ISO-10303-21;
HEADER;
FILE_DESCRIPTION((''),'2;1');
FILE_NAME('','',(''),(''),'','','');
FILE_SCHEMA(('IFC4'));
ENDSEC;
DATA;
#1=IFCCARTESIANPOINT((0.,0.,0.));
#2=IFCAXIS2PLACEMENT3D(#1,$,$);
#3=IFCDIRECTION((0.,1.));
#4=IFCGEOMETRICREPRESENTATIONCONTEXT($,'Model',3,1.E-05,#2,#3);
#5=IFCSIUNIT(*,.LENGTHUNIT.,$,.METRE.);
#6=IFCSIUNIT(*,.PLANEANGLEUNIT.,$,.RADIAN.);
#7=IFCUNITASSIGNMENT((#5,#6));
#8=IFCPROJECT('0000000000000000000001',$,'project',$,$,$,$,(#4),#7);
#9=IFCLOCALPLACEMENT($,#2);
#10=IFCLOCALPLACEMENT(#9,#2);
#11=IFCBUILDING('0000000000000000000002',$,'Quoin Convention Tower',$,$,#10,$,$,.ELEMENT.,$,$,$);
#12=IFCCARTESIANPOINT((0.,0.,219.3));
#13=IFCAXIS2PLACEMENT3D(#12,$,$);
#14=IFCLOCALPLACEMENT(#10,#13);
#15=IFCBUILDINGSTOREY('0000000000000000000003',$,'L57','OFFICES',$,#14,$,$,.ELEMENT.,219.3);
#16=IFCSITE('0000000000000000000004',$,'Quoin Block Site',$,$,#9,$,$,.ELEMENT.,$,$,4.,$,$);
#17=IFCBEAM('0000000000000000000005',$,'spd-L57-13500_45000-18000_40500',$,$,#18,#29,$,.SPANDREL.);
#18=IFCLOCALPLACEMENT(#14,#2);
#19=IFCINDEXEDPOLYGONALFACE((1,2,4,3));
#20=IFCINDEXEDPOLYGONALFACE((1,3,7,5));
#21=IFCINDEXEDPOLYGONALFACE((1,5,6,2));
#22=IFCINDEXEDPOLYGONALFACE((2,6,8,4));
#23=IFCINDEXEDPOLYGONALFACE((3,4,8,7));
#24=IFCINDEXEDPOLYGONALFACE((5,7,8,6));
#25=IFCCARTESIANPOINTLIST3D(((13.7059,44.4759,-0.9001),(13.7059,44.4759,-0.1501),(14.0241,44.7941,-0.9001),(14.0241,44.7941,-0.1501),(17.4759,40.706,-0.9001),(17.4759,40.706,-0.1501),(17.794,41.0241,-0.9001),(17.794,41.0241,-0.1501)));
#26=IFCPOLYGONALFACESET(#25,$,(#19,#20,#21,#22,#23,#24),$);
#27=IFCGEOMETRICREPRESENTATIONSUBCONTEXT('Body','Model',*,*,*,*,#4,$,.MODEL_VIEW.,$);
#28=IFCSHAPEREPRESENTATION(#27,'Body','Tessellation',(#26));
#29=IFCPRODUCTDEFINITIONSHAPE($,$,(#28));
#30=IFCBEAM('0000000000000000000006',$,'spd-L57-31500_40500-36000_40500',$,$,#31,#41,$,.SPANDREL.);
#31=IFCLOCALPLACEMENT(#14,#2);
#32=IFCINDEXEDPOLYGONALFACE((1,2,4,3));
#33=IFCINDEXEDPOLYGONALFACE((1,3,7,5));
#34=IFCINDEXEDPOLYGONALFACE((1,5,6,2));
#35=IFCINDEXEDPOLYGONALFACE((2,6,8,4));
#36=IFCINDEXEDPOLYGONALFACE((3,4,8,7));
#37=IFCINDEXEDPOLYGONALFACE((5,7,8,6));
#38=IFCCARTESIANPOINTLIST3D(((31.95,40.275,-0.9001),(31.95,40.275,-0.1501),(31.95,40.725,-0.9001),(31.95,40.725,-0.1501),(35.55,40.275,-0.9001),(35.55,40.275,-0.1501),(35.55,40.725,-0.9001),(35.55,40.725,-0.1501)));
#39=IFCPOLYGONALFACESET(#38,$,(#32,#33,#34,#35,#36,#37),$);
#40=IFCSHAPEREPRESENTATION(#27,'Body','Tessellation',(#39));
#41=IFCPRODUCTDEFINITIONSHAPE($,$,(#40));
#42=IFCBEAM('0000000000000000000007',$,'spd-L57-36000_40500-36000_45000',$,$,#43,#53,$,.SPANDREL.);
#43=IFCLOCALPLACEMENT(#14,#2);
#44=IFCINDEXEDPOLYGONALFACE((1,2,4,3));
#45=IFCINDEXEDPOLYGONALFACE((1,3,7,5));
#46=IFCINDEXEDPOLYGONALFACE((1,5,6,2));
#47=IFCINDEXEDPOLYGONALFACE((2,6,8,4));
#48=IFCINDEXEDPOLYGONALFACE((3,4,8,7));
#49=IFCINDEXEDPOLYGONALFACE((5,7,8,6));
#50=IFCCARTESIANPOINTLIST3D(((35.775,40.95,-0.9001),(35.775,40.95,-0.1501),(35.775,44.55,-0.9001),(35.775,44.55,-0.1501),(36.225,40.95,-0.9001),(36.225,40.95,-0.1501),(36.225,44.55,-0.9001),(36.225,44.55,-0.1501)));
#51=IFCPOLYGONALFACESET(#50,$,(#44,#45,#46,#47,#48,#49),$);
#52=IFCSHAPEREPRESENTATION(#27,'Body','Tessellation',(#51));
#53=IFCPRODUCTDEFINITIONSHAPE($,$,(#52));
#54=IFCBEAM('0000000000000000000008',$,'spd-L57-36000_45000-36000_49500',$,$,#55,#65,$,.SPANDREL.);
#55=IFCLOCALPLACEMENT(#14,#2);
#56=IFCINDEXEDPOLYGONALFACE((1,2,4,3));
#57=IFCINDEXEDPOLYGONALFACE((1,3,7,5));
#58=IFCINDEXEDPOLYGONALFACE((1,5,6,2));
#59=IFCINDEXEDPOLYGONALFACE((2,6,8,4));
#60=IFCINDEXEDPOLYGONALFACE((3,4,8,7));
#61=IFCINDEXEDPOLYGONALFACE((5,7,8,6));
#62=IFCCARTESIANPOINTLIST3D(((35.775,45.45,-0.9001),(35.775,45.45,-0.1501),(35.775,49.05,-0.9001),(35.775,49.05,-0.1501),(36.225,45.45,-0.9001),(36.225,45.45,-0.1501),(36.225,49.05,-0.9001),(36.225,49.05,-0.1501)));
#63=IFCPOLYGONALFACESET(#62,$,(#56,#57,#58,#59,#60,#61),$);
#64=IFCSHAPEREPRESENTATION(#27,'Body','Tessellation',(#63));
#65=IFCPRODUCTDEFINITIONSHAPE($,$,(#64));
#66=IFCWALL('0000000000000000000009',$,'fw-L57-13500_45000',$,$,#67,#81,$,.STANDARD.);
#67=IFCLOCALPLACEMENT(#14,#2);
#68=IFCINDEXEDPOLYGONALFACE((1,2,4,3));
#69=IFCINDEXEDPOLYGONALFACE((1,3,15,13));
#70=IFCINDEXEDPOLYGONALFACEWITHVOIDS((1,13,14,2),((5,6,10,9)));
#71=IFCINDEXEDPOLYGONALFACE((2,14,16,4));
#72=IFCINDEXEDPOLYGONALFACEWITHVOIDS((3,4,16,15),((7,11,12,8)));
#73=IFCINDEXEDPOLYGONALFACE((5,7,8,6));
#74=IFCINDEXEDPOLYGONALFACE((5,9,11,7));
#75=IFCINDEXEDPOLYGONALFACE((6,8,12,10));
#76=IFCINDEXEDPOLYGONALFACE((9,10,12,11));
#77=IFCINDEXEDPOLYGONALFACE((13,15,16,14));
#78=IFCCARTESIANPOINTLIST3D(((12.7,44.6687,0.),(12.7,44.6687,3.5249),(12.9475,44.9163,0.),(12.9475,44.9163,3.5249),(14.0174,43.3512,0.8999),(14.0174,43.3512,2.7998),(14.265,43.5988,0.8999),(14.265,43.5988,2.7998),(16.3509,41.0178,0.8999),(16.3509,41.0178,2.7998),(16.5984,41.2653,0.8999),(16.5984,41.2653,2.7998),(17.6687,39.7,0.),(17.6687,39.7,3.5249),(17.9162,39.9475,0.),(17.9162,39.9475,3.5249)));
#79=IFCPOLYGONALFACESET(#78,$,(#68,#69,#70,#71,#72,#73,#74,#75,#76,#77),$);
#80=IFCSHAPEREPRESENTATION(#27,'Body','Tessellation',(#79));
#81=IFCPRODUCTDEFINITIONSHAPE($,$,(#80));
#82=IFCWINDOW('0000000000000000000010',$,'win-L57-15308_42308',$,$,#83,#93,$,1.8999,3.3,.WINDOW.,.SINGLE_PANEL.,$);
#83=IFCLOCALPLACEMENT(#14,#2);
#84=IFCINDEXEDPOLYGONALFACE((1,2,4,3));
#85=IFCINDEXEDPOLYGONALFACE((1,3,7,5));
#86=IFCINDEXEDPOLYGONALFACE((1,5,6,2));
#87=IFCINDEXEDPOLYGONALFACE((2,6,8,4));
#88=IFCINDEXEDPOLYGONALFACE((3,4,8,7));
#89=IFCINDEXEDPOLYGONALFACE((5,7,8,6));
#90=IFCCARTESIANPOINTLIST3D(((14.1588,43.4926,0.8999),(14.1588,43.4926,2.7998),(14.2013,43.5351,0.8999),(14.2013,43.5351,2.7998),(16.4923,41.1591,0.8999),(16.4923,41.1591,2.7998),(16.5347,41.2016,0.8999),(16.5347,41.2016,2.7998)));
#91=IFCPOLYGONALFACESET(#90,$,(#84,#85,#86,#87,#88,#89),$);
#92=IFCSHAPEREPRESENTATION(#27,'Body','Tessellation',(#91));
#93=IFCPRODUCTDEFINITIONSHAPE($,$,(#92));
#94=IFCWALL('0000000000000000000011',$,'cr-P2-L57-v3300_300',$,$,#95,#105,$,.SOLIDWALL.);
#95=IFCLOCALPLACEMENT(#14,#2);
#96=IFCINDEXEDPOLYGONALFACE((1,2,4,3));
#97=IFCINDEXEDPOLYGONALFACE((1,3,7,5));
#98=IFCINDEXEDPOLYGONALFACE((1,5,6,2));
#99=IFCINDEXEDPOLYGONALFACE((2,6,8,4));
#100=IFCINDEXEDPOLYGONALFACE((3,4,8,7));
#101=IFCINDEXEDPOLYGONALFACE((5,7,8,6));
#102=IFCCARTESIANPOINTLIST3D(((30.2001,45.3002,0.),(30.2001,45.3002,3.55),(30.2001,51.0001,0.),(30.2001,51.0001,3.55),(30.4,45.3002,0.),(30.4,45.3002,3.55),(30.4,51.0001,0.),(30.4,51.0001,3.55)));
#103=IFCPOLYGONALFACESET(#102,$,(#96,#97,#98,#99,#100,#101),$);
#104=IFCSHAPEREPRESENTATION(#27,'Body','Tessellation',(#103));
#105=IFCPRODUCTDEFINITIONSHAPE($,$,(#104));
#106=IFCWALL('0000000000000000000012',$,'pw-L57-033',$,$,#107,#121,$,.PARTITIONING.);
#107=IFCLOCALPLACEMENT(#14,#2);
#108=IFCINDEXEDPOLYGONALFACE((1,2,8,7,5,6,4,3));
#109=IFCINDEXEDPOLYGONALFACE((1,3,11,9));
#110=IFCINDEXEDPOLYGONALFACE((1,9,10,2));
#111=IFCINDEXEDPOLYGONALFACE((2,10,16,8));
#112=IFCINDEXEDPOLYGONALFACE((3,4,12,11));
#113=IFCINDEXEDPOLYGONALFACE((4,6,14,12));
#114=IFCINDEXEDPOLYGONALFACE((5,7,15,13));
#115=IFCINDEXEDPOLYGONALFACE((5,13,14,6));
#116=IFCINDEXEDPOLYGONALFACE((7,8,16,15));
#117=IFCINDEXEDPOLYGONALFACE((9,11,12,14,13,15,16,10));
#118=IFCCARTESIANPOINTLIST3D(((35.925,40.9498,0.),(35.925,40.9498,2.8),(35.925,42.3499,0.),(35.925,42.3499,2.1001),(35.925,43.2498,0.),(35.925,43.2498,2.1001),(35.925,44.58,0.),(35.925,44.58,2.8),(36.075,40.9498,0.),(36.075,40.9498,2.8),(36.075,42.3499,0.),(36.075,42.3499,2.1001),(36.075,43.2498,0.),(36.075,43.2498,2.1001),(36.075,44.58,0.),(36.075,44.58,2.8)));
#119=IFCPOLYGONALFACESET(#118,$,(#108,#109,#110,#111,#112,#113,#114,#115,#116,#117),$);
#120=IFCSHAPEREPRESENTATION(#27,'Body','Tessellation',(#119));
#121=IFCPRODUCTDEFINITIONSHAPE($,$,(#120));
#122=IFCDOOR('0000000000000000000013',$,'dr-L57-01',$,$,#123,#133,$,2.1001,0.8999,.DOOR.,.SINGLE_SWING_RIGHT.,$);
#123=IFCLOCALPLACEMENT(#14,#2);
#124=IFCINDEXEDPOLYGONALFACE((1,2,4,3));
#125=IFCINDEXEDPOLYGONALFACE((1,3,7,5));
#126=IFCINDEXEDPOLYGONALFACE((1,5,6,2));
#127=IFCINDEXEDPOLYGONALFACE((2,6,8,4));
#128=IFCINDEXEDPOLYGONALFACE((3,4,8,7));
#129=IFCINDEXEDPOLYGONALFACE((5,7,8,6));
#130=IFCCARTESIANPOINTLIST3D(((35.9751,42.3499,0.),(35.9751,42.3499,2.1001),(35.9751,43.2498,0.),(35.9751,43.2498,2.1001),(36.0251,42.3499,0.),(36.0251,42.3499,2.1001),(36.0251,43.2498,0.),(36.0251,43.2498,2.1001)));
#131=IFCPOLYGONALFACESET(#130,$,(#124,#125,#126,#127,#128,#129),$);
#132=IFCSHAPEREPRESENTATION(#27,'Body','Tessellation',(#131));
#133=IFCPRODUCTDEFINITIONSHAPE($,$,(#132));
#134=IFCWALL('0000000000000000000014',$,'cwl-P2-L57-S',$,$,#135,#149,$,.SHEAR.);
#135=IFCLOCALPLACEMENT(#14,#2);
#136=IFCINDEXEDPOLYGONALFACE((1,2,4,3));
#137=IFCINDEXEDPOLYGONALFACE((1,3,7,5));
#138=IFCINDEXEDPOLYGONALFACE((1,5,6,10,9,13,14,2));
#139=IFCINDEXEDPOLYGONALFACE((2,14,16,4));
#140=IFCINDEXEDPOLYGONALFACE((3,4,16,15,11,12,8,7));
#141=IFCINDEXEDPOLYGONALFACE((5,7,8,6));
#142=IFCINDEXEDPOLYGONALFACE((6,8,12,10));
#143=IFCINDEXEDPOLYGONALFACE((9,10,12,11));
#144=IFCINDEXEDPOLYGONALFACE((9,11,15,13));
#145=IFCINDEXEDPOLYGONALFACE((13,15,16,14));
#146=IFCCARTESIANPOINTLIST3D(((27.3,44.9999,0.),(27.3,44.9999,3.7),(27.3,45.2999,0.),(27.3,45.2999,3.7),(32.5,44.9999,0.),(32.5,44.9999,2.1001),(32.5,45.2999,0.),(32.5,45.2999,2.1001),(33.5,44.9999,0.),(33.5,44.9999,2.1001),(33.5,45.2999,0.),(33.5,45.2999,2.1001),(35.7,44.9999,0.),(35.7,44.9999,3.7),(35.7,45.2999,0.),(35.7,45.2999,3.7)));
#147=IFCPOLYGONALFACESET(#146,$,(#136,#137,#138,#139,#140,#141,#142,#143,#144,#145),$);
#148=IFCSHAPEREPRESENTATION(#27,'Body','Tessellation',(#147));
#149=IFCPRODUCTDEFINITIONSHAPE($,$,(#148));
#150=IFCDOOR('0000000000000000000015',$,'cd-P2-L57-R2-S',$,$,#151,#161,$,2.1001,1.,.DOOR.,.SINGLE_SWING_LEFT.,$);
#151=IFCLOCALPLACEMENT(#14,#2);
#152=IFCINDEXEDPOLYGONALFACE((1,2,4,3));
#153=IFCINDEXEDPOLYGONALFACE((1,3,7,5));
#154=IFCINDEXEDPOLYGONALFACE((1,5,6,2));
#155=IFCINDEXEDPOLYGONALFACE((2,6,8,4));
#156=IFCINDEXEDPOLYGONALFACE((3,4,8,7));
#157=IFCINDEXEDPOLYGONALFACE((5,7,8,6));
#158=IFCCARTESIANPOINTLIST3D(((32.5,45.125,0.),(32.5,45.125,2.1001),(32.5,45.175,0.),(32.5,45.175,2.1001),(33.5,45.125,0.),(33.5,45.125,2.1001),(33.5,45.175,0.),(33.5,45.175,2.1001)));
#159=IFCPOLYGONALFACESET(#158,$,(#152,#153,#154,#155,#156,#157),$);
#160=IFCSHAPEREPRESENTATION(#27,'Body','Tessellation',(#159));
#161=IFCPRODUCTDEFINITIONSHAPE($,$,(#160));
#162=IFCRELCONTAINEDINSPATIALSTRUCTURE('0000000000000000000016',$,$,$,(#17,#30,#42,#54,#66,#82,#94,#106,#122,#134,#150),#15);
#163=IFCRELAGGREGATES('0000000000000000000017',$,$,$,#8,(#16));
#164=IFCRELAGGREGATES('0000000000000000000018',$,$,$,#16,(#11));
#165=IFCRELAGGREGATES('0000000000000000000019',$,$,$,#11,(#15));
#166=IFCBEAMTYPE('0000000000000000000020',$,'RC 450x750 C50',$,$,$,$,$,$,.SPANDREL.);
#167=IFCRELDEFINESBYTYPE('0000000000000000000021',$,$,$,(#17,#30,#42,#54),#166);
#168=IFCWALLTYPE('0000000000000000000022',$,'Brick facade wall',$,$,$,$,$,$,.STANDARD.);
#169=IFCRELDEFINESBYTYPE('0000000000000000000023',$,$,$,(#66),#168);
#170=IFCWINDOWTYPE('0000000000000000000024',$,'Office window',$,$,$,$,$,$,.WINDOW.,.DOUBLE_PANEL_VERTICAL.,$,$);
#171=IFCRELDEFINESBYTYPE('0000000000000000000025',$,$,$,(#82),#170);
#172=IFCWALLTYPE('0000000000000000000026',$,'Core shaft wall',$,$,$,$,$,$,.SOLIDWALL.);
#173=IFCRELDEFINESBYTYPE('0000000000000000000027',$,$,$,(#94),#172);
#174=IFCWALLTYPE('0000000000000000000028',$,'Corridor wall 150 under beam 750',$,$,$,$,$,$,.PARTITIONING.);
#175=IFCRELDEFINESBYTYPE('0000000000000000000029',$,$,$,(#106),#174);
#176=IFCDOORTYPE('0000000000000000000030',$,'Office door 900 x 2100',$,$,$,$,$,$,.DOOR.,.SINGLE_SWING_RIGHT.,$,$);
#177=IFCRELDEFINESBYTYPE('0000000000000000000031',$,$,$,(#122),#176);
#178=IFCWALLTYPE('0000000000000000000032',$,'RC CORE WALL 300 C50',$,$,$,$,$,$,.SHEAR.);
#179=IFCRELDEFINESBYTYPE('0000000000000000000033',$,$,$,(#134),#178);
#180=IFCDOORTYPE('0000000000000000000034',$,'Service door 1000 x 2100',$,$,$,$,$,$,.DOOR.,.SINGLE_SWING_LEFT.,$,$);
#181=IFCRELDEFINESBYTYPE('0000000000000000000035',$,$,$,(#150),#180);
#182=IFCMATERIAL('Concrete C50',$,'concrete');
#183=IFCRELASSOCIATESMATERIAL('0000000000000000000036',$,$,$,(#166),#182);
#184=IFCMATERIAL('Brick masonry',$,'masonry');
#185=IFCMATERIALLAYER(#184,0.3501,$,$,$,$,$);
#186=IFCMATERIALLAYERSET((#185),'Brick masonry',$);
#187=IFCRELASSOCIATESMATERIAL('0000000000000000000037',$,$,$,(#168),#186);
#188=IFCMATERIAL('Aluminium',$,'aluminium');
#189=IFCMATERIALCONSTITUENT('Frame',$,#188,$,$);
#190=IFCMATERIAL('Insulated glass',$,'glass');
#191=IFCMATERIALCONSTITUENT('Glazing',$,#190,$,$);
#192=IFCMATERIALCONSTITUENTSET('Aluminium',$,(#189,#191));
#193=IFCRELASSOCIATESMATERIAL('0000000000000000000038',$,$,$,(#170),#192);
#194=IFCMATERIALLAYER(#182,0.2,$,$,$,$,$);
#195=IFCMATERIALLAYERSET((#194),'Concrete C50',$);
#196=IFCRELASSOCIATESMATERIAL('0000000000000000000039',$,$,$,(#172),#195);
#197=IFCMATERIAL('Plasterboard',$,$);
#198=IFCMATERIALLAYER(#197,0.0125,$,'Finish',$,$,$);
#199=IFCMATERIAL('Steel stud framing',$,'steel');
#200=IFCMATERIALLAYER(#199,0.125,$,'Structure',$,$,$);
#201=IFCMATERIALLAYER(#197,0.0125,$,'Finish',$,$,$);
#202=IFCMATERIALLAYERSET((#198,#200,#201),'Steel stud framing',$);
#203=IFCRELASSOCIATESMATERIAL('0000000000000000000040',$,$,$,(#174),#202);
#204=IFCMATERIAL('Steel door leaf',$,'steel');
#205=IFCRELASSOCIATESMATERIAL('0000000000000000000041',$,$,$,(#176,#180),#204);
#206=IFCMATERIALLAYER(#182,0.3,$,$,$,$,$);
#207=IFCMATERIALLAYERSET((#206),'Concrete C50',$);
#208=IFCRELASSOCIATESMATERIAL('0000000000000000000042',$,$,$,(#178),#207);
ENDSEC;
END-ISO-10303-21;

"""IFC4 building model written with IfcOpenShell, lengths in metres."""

from ifc_helpers import new_model, si_unit, direction, frame, frame_2d, origin, origin_2d, place, context, subcontext, project, spatial, rectangle, extrude, material, layer, layer_set, constituent, constituent_set, material_profile, profile_set, type_object, element, fill, save


model = new_model("IFC4")

# Units and contexts
model_context = context("Model", 3, precision=1e-05, world=origin(), true_north=direction((0.0, 1.0)))
body_context = subcontext(model_context, "Body", "Model", "MODEL_VIEW")
ifc_project = project(units=[si_unit("LENGTHUNIT", "METRE"), si_unit("PLANEANGLEUNIT", "RADIAN")], contexts=[model_context])

# Site, building, storey
site_placement = place(None, origin())
site = spatial("IfcSite", under=ifc_project, at=site_placement, Name="Quoin Block Site", CompositionType="ELEMENT", RefElevation=4.0)
building_placement = place(site_placement, origin())
building = spatial("IfcBuilding", under=site, at=building_placement, Name="Quoin Convention Tower", CompositionType="ELEMENT")
storey_placement = place(building_placement, frame((0.0, 0.0, 219.3)))
storey = spatial("IfcBuildingStorey", under=building, at=storey_placement, Name="L57", Description="OFFICES", CompositionType="ELEMENT", Elevation=219.3)

# Shared definitions
ifc_material_1 = material(Name="Concrete C50", Category="concrete")

# Beams
ifc_material_profile_1 = material_profile(ifc_material_1, rectangle(XDim=0.45, YDim=0.75, at=origin_2d()), Name="RC 450x750")
ifc_profile_set_1 = profile_set([ifc_material_profile_1], Name="Concrete C50")
beam_type_1 = type_object("IfcBeamType", Name="RC 450x750 C50", PredefinedType="SPANDREL", material=ifc_profile_set_1)
beam_1_placement = place(storey_placement, frame((13.865, 44.635, -0.5251), z_axis=(0.707107, -0.707107, 0.0), x_axis=(0.707107, 0.707107, 0.0)))
element("IfcBeam", 1, at=beam_1_placement, inside=storey, type_object=beam_type_1, Name="spd-L57-13500_45000-18000_40500", PredefinedType="SPANDREL", context=body_context, shape_type="SweptSolid", body=[
    extrude(rectangle(XDim=0.45, YDim=0.75, at=origin_2d()), origin(), (0.0, 0.0, 1.0), 5.3315),
])
for number, where, z_axis, x_axis, name in (
    (2, (31.95, 40.5, -0.5251), (1.0, 0.0, 0.0), (0.0, 1.0, 0.0), "spd-L57-31500_40500-36000_40500"),
    (3, (36.0, 40.95, -0.5251), (0.0, 1.0, 0.0), (-1.0, 0.0, 0.0), "spd-L57-36000_40500-36000_45000"),
    (4, (36.0, 45.45, -0.5251), (0.0, 1.0, 0.0), (-1.0, 0.0, 0.0), "spd-L57-36000_45000-36000_49500"),
):
    element("IfcBeam", number, at=place(storey_placement, frame(where, z_axis=z_axis, x_axis=x_axis)), inside=storey, type_object=beam_type_1, Name=name, PredefinedType="SPANDREL", context=body_context, shape_type="SweptSolid", body=[
        extrude(rectangle(XDim=0.45, YDim=0.75, at=origin_2d()), origin(), (0.0, 0.0, 1.0), 3.6001),
    ])

# Wall, opening, window
ifc_material_2 = material(Name="Brick masonry", Category="masonry")
ifc_layer_1 = layer(ifc_material_2, 0.3501)
ifc_layer_set_1 = layer_set([ifc_layer_1], Name="Brick masonry")
wall_type_1 = type_object("IfcWallType", Name="Brick facade wall", PredefinedType="STANDARD", material=ifc_layer_set_1)
wall_1_placement = place(storey_placement, frame((12.8237, 44.7925, 0.0), z_axis=(0.0, 0.0, 1.0), x_axis=(0.707107, -0.707107, 0.0)))
wall_1 = element("IfcWall", 5, at=wall_1_placement, inside=storey, type_object=wall_type_1, Name="fw-L57-13500_45000", PredefinedType="STANDARD", context=body_context, shape_type="SweptSolid", body=[
    extrude(rectangle(XDim=7.0269, YDim=0.3501, at=frame_2d((3.5134, 0.0))), origin(), (0.0, 0.0, 1.0), 3.5249),
])
opening_1_placement = place(wall_1_placement, frame((1.8633, 0.0, 0.8999)))
opening_1 = element("IfcOpeningElement", 6, at=opening_1_placement, cuts=wall_1, PredefinedType="OPENING", context=body_context, shape_type="SweptSolid", body=[
    extrude(rectangle(XDim=3.3, YDim=1.8999, at=frame_2d((1.6499, 0.95))), frame((0.0, 0.1851, 0.0), z_axis=(0.0, -1.0, 0.0), x_axis=(1.0, 0.0, 0.0)), (0.0, 0.0, 1.0), 0.3701),
])
ifc_material_3 = material(Name="Aluminium", Category="aluminium")
ifc_constituent_1 = constituent(ifc_material_3, Name="Frame")
ifc_material_4 = material(Name="Insulated glass", Category="glass")
ifc_constituent_2 = constituent(ifc_material_4, Name="Glazing")
ifc_constituent_set = constituent_set(constituents=[ifc_constituent_1, ifc_constituent_2], Name="Aluminium")
window_type = type_object("IfcWindowType", Name="Office window", PartitioningType="DOUBLE_PANEL_VERTICAL", PredefinedType="WINDOW", material=ifc_constituent_set)
window_placement = place(opening_1_placement, origin())
window = element("IfcWindow", 7, at=window_placement, inside=storey, type_object=window_type, Name="win-L57-15308_42308", OverallHeight=1.8999, OverallWidth=3.3, PartitioningType="SINGLE_PANEL", PredefinedType="WINDOW", context=body_context, shape_type="SweptSolid", body=[
    extrude(rectangle(XDim=3.3, YDim=1.8999, at=frame_2d((1.6499, 0.95))), frame((0.0, 0.085, 0.0), z_axis=(0.0, -1.0, 0.0), x_axis=(1.0, 0.0, 0.0)), (0.0, 0.0, 1.0), 0.0601),
])
fill(opening_1, window)

# Wall
ifc_layer_2 = layer(ifc_material_1, 0.2)
ifc_layer_set_2 = layer_set([ifc_layer_2], Name="Concrete C50")
wall_type_2 = type_object("IfcWallType", Name="Core shaft wall", PredefinedType="SOLIDWALL", material=ifc_layer_set_2)
wall_2_placement = place(storey_placement, frame((30.3, 45.3, 0.0), z_axis=(0.0, 0.0, 1.0), x_axis=(0.0, 1.0, 0.0)))
element("IfcWall", 8, at=wall_2_placement, inside=storey, type_object=wall_type_2, Name="cr-P2-L57-v3300_300", PredefinedType="SOLIDWALL", context=body_context, shape_type="SweptSolid", body=[
    extrude(rectangle(XDim=5.7, YDim=0.2, at=frame_2d((2.8501, 0.0))), origin(), (0.0, 0.0, 1.0), 3.55),
])

# Walls, openings, doors
ifc_material_5 = material(Name="Plasterboard")
ifc_layer_3 = layer(ifc_material_5, 0.0125, Name="Finish")
ifc_material_6 = material(Name="Steel stud framing", Category="steel")
ifc_layer_4 = layer(ifc_material_6, 0.125, Name="Structure")
ifc_layer_5 = layer(ifc_material_5, 0.0125, Name="Finish")
ifc_layer_set_3 = layer_set([ifc_layer_3, ifc_layer_4, ifc_layer_5], Name="Steel stud framing")
wall_type_3 = type_object("IfcWallType", Name="Corridor wall 150 under beam 750", PredefinedType="PARTITIONING", material=ifc_layer_set_3)
wall_3_placement = place(storey_placement, frame((36.0, 40.95, 0.0), z_axis=(0.0, 0.0, 1.0), x_axis=(0.0, 1.0, 0.0)))
wall_3 = element("IfcWall", 9, at=wall_3_placement, inside=storey, type_object=wall_type_3, Name="pw-L57-033", PredefinedType="PARTITIONING", context=body_context, shape_type="SweptSolid", body=[
    extrude(rectangle(XDim=3.6301, YDim=0.1499, at=frame_2d((1.8149, 0.0))), origin(), (0.0, 0.0, 1.0), 2.8),
])
opening_2_placement = place(wall_3_placement, frame((1.3999, 0.0, 0.0)))
opening_2 = element("IfcOpeningElement", 10, at=opening_2_placement, cuts=wall_3, PredefinedType="OPENING", context=body_context, shape_type="SweptSolid", body=[
    extrude(rectangle(XDim=0.8999, YDim=2.1001, at=frame_2d((0.45, 1.05))), frame((0.0, 0.085, 0.0), z_axis=(0.0, -1.0, 0.0), x_axis=(1.0, 0.0, 0.0)), (0.0, 0.0, 1.0), 0.1699),
])
ifc_material_7 = material(Name="Steel door leaf", Category="steel")
door_type_1 = type_object("IfcDoorType", Name="Office door 900 x 2100", OperationType="SINGLE_SWING_RIGHT", PredefinedType="DOOR", material=ifc_material_7)
door_1_placement = place(opening_2_placement, origin())
door_1 = element("IfcDoor", 11, at=door_1_placement, inside=storey, type_object=door_type_1, Name="dr-L57-01", OperationType="SINGLE_SWING_RIGHT", OverallHeight=2.1001, OverallWidth=0.8999, PredefinedType="DOOR", context=body_context, shape_type="SweptSolid", body=[
    extrude(rectangle(XDim=0.8999, YDim=2.1001, at=frame_2d((0.45, 1.05))), frame((0.0, 0.0249, 0.0), z_axis=(0.0, -1.0, 0.0), x_axis=(1.0, 0.0, 0.0)), (0.0, 0.0, 1.0), 0.05),
])
fill(opening_2, door_1)
ifc_layer_6 = layer(ifc_material_1, 0.3)
ifc_layer_set_4 = layer_set([ifc_layer_6], Name="Concrete C50")
wall_type_4 = type_object("IfcWallType", Name="RC CORE WALL 300 C50", PredefinedType="SHEAR", material=ifc_layer_set_4)
wall_4_placement = place(storey_placement, frame((27.3, 45.1499, 0.0), z_axis=(0.0, 0.0, 1.0), x_axis=(1.0, 0.0, 0.0)))
wall_4 = element("IfcWall", 12, at=wall_4_placement, inside=storey, type_object=wall_type_4, Name="cwl-P2-L57-S", PredefinedType="SHEAR", context=body_context, shape_type="SweptSolid", body=[
    extrude(rectangle(XDim=8.3999, YDim=0.3, at=frame_2d((4.2, 0.0))), origin(), (0.0, 0.0, 1.0), 3.7),
])
opening_3_placement = place(wall_4_placement, frame((5.2, 0.0, 0.0)))
opening_3 = element("IfcOpeningElement", 13, at=opening_3_placement, cuts=wall_4, PredefinedType="OPENING", context=body_context, shape_type="SweptSolid", body=[
    extrude(rectangle(XDim=1.0, YDim=2.1001, at=frame_2d((0.5, 1.05))), frame((0.0, 0.1599, 0.0), z_axis=(0.0, -1.0, 0.0), x_axis=(1.0, 0.0, 0.0)), (0.0, 0.0, 1.0), 0.3201),
])
door_type_2 = type_object("IfcDoorType", Name="Service door 1000 x 2100", OperationType="SINGLE_SWING_LEFT", PredefinedType="DOOR", material=ifc_material_7)
door_2_placement = place(opening_3_placement, frame((1.0, 0.0, 0.0), z_axis=(0.0, 0.0, 1.0), x_axis=(-1.0, 0.0, 0.0)))
door_2 = element("IfcDoor", 14, at=door_2_placement, inside=storey, type_object=door_type_2, Name="cd-P2-L57-R2-S", OperationType="SINGLE_SWING_LEFT", OverallHeight=2.1001, OverallWidth=1.0, PredefinedType="DOOR", context=body_context, shape_type="SweptSolid", body=[
    extrude(rectangle(XDim=1.0, YDim=2.1001, at=frame_2d((0.5, 1.05))), frame((0.0, 0.0249, 0.0), z_axis=(0.0, -1.0, 0.0), x_axis=(1.0, 0.0, 0.0)), (0.0, 0.0, 1.0), 0.05),
])
fill(opening_3, door_2)

save(model, "model.ifc")
